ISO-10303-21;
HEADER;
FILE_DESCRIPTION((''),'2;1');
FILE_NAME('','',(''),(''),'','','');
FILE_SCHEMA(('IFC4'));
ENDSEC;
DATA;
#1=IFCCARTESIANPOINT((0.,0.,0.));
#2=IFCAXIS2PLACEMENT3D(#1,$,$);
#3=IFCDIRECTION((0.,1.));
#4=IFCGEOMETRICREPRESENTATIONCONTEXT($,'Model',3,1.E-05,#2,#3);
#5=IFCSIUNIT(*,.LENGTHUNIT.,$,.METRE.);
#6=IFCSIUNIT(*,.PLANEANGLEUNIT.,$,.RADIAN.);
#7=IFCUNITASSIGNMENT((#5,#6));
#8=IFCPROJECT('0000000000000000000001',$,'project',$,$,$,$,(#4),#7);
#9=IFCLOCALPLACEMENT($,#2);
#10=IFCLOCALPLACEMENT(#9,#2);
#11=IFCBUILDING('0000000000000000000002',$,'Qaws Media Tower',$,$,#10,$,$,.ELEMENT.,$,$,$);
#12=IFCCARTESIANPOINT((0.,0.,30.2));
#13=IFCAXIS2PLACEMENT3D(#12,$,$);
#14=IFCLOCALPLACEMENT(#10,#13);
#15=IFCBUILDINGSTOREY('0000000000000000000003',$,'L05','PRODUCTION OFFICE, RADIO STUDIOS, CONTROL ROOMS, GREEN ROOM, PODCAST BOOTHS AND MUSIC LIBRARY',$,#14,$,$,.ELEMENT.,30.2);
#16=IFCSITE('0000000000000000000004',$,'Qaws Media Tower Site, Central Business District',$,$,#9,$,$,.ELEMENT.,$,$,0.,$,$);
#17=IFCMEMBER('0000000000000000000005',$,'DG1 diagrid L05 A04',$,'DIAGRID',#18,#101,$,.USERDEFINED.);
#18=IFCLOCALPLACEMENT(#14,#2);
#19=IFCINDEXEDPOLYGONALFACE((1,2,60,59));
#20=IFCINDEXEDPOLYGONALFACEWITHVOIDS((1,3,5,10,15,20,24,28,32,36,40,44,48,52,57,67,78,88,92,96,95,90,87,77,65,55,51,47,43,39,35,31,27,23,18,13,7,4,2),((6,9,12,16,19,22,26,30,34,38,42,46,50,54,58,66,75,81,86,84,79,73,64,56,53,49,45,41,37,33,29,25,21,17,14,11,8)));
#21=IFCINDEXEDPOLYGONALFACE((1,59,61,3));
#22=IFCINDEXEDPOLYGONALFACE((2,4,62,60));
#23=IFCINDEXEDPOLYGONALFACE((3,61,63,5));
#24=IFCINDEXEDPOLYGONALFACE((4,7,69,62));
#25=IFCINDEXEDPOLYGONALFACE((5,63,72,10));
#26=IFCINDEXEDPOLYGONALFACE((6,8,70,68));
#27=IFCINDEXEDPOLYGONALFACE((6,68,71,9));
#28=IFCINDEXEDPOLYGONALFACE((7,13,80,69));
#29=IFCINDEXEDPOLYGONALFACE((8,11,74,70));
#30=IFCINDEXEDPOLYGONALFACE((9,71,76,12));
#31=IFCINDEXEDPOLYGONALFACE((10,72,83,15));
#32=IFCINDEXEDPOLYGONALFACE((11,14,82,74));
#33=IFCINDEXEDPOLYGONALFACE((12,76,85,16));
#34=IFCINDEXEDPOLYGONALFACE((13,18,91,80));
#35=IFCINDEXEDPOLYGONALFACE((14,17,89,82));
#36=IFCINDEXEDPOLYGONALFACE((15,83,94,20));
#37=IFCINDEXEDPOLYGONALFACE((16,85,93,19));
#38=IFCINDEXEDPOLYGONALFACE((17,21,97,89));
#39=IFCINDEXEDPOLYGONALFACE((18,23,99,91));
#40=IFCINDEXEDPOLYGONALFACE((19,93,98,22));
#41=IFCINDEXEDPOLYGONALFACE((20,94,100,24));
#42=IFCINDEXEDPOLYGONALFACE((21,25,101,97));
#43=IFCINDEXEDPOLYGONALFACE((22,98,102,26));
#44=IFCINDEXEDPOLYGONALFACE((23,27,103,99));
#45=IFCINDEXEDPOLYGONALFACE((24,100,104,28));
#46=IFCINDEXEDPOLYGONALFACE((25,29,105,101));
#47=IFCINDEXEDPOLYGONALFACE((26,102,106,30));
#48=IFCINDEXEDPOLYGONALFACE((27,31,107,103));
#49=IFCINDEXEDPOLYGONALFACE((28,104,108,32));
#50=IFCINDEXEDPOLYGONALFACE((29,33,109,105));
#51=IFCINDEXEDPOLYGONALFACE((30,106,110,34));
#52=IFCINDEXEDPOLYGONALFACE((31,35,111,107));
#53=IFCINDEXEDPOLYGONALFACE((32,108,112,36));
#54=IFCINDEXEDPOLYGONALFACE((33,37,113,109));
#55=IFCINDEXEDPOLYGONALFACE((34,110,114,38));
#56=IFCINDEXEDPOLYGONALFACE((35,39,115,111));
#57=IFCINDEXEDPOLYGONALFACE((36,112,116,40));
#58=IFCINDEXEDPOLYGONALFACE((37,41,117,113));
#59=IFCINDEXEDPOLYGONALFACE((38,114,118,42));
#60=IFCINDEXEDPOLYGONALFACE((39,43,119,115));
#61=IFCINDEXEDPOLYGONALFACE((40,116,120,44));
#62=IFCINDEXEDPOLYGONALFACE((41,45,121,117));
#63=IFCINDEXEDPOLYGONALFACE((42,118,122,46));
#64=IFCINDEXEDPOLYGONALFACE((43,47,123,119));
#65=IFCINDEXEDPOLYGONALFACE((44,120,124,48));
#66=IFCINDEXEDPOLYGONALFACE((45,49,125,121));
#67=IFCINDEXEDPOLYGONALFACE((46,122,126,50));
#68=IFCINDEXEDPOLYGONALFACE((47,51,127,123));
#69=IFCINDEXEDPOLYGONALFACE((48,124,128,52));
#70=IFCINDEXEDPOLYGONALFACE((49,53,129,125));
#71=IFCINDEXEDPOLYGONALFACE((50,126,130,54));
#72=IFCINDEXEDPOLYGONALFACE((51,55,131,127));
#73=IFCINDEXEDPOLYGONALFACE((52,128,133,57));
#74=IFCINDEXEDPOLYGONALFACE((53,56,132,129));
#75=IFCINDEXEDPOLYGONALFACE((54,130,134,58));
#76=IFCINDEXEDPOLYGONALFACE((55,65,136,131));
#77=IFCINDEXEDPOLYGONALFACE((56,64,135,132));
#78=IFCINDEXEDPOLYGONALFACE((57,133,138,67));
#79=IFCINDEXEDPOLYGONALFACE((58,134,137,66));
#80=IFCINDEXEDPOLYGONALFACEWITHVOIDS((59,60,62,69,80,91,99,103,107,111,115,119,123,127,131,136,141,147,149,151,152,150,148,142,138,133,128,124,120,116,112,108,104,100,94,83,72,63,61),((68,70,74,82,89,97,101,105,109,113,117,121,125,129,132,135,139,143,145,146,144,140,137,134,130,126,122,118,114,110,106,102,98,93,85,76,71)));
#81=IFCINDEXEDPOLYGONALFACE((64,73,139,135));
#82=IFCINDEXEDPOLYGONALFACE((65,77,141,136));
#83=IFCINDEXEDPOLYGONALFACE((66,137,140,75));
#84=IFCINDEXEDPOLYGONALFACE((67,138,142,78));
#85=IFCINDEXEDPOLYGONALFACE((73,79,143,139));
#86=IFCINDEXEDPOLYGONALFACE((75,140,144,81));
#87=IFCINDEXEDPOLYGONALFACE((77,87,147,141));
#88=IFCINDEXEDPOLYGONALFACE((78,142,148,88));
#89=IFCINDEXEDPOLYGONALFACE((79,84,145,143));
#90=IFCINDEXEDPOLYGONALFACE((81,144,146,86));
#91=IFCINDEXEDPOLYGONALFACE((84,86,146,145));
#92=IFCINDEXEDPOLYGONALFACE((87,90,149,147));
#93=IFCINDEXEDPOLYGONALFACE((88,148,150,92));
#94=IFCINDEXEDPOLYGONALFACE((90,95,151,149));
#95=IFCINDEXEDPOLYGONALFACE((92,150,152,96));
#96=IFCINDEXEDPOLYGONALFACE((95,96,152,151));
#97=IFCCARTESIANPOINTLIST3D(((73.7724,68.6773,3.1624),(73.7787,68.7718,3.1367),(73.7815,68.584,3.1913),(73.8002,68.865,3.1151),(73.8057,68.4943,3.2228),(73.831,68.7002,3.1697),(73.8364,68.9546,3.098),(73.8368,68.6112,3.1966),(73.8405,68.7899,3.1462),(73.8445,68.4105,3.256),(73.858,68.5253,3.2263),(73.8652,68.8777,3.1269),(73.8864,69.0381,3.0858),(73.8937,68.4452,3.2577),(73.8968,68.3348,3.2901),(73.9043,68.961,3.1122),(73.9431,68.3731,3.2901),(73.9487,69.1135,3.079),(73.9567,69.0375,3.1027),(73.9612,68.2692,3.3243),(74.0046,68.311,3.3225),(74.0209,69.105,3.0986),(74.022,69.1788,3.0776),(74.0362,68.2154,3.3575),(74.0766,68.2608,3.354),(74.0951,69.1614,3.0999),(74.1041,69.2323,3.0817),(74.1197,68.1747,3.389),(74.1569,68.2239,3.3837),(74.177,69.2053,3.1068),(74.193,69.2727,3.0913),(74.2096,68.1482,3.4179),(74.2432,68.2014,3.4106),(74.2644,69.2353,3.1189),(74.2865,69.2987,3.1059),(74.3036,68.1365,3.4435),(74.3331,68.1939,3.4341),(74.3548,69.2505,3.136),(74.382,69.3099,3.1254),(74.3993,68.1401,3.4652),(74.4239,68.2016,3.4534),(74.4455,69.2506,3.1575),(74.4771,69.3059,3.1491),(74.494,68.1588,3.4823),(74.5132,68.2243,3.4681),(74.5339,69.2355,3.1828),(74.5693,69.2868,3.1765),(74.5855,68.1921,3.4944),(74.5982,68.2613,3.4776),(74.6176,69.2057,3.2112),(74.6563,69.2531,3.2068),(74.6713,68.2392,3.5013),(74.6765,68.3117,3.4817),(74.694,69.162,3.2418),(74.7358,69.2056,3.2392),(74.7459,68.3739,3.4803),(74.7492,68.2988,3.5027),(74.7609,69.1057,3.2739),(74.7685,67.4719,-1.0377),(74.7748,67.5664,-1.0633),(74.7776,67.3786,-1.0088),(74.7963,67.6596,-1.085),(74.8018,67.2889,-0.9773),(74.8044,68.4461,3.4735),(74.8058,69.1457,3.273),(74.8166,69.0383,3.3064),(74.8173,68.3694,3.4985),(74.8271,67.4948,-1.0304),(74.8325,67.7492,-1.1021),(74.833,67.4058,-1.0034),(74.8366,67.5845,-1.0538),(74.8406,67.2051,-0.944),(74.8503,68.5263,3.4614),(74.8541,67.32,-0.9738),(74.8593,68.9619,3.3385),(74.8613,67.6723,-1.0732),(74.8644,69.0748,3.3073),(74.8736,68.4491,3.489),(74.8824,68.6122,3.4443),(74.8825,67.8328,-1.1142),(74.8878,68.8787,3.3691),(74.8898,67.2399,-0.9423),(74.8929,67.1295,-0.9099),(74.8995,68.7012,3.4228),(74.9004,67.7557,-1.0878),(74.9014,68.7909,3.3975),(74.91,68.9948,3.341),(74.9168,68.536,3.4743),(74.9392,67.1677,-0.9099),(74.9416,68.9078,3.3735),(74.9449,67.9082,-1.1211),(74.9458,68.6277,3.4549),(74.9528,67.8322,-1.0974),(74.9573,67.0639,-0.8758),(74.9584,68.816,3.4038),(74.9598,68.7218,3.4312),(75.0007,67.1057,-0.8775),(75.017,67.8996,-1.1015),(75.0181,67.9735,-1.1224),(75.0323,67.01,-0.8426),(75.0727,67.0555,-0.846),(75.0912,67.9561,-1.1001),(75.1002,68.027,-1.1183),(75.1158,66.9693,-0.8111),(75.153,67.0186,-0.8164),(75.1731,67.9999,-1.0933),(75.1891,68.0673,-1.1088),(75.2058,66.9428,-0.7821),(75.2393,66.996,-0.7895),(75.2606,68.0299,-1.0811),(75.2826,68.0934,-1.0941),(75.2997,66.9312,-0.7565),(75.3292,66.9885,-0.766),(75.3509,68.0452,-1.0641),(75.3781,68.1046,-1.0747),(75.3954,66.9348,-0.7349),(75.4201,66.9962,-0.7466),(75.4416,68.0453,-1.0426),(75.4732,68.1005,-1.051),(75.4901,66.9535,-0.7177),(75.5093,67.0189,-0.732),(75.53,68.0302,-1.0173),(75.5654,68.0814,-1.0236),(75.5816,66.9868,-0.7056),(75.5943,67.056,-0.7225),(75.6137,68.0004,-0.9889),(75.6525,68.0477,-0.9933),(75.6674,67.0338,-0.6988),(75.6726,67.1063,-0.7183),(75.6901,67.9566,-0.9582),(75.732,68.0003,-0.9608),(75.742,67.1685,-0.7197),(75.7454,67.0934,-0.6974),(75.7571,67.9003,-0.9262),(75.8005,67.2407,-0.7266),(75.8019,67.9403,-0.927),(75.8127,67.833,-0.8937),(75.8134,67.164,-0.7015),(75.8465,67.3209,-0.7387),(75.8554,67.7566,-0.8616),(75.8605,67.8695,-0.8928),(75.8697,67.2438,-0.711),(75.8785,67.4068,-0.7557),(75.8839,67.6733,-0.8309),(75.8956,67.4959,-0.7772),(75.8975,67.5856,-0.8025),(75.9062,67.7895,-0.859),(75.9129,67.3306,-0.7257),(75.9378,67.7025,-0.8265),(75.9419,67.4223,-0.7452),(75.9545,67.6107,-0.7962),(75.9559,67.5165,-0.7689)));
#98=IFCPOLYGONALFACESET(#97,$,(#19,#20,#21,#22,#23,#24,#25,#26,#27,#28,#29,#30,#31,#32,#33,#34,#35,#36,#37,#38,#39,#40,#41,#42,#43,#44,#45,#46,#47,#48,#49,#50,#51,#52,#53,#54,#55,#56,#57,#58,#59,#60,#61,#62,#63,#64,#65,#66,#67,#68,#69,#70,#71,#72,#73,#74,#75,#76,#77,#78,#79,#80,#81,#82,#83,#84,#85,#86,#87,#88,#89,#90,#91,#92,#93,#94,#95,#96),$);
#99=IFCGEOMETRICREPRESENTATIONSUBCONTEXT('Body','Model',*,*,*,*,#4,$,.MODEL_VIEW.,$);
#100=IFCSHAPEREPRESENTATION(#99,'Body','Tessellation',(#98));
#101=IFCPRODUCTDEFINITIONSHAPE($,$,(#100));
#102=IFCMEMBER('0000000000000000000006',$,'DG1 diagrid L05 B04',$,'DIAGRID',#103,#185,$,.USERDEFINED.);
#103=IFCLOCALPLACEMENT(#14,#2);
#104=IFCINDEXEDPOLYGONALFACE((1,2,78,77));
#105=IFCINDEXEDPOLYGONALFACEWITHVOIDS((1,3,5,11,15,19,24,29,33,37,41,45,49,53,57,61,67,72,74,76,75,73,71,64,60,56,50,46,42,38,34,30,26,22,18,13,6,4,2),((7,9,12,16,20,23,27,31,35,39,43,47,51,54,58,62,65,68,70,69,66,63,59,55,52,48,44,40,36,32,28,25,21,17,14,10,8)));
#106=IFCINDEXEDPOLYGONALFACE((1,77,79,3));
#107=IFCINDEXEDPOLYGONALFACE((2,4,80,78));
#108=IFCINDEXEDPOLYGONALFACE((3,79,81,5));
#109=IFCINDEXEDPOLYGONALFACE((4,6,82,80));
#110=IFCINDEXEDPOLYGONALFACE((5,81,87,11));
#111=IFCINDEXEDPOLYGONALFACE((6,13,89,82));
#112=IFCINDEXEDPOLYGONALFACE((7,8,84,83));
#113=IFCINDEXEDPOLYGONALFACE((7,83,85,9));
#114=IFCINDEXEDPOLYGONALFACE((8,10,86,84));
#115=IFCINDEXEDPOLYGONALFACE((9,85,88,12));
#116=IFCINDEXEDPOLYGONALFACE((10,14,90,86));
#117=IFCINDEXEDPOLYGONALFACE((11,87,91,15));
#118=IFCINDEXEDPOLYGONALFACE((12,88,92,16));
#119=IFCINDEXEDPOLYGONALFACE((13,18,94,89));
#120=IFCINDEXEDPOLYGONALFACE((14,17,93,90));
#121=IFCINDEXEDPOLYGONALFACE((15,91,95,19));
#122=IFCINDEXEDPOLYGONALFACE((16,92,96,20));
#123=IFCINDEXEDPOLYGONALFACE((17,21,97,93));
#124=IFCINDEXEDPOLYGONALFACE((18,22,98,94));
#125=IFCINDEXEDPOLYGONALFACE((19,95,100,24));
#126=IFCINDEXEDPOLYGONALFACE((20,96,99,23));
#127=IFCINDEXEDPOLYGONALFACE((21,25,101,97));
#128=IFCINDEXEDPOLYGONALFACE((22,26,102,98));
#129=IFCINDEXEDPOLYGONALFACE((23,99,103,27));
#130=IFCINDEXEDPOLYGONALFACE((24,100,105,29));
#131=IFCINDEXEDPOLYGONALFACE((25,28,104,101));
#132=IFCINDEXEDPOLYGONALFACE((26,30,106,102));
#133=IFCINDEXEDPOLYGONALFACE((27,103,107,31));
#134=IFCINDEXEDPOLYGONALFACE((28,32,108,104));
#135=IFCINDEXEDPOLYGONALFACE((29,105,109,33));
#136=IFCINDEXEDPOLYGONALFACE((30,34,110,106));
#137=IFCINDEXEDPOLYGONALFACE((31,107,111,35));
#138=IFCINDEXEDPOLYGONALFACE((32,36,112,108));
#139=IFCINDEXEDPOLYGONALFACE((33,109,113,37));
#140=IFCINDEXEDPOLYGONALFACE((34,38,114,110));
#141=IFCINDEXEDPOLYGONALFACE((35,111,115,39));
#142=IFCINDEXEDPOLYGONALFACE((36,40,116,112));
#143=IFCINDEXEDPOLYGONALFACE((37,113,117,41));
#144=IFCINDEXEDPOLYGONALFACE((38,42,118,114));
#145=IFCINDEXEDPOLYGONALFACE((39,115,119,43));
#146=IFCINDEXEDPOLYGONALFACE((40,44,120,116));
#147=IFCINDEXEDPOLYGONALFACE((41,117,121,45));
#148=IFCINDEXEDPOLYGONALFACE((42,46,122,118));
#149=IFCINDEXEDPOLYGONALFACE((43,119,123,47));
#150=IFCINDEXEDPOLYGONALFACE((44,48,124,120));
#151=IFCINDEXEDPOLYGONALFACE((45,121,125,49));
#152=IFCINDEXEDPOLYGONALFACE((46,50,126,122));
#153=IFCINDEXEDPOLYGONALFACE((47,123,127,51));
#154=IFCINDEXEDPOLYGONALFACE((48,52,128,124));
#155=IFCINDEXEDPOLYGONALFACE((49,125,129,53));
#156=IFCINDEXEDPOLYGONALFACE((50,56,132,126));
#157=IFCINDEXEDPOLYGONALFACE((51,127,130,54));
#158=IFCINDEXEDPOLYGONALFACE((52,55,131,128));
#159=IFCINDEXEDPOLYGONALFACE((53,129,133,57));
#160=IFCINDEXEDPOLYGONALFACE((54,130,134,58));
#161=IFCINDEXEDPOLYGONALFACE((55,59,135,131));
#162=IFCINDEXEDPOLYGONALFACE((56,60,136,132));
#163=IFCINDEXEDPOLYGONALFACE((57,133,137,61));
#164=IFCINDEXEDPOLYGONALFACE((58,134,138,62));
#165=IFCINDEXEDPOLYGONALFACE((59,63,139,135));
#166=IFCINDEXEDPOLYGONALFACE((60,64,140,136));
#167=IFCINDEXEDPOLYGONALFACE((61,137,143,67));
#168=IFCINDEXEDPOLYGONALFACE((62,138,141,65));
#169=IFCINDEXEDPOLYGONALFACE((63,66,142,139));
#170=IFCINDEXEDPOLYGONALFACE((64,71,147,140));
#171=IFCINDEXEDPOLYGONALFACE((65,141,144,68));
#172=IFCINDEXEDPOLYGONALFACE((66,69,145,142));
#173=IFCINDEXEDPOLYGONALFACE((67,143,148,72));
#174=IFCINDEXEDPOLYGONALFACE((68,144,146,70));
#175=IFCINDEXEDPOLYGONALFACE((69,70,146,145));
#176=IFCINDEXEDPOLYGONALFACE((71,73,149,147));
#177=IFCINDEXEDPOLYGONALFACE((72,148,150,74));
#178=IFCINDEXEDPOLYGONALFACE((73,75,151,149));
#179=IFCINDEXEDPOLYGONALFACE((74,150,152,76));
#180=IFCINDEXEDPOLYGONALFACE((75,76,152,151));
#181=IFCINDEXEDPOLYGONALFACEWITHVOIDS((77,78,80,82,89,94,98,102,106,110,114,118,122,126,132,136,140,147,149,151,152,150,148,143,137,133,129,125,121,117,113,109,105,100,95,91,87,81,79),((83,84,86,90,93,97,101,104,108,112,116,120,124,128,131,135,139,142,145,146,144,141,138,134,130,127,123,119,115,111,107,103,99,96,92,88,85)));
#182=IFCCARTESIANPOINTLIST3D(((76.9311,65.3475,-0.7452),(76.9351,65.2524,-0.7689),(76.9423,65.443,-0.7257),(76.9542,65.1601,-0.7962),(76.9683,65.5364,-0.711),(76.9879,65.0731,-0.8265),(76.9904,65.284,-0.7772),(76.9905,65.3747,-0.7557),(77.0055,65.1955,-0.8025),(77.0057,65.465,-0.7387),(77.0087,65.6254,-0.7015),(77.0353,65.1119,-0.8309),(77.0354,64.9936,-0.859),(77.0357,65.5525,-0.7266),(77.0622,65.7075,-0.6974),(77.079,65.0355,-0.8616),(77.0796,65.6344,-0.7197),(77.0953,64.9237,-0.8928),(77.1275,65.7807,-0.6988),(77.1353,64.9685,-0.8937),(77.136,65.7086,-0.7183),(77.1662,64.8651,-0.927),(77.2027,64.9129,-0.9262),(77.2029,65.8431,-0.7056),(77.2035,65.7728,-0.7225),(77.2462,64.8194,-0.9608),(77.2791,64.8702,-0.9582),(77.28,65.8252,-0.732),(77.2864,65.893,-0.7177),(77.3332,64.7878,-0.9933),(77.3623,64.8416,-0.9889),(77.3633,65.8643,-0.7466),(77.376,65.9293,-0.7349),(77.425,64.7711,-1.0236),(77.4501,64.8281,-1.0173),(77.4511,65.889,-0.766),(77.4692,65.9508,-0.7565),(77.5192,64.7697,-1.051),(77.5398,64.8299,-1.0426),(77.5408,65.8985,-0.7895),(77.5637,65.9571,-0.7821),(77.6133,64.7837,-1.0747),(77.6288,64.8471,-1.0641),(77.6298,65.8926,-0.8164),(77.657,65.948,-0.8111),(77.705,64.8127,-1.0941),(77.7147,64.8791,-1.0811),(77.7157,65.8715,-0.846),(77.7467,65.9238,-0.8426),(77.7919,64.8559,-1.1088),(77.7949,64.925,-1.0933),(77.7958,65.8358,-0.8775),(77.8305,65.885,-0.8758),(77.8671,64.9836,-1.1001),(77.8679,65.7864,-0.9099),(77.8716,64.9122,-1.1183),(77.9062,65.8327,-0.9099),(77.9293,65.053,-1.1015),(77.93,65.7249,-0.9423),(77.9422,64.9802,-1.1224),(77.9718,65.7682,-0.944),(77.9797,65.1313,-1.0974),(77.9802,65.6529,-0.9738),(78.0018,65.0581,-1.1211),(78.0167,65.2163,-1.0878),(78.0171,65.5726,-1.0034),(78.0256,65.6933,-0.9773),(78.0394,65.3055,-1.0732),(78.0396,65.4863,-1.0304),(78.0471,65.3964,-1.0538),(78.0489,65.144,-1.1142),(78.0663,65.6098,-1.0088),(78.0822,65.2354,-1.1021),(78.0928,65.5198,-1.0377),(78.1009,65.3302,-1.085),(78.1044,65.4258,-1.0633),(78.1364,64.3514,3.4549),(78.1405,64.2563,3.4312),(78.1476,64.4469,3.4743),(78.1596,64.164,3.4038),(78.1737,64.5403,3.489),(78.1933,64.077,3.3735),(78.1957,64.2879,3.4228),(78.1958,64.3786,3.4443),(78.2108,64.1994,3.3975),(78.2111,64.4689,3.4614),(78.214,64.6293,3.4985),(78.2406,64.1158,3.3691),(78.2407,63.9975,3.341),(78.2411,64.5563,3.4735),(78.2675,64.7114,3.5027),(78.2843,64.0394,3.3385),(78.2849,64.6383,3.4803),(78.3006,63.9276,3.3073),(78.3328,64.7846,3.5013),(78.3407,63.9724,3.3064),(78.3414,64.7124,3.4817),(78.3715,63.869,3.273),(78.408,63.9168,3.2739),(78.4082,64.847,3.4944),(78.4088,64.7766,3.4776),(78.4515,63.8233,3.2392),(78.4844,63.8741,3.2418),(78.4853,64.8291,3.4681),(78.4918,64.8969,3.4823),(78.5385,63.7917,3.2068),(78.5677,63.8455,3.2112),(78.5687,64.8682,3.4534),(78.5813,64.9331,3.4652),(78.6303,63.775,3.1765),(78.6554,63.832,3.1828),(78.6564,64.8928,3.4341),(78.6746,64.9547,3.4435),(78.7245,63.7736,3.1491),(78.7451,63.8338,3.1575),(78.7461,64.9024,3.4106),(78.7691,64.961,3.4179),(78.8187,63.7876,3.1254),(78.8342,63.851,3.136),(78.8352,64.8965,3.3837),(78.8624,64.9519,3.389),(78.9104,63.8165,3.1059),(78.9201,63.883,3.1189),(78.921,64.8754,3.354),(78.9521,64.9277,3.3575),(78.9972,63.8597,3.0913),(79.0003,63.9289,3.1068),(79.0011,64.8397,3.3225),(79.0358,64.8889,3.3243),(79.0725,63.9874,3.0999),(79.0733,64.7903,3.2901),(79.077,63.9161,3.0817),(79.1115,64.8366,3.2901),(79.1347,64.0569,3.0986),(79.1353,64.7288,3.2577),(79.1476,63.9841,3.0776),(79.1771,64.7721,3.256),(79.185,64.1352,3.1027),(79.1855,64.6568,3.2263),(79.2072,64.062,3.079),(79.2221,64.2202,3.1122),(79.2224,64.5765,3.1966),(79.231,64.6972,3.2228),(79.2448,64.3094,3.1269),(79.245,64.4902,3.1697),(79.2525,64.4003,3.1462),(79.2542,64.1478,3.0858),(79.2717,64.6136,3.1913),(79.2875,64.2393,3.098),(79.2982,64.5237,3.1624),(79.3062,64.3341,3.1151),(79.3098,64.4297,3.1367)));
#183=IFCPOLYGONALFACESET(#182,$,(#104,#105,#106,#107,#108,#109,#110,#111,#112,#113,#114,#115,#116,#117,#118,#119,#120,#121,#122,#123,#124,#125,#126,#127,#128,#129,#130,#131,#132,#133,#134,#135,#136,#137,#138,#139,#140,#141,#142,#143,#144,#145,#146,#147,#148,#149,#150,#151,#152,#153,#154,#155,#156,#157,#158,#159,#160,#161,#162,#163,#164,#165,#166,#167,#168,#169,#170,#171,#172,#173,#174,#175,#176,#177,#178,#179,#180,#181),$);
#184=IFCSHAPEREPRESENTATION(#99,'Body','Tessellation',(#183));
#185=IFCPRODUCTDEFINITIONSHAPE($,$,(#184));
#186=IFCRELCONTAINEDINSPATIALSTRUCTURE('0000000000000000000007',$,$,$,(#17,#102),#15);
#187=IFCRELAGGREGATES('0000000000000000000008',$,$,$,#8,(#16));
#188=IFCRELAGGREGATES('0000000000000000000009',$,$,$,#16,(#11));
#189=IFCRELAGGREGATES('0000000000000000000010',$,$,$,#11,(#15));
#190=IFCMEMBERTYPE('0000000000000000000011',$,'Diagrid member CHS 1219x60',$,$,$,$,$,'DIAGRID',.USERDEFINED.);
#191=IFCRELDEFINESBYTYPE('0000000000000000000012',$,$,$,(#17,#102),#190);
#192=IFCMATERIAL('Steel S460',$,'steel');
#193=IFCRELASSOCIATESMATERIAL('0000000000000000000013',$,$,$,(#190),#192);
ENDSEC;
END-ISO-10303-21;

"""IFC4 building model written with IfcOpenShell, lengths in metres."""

from ifc_helpers import new_model, si_unit, direction, frame, origin, origin_2d, place, context, subcontext, project, spatial, hollow_circle, extrude, material, material_profile, profile_set, type_object, element, save


model = new_model("IFC4")

# Units and contexts
model_context = context("Model", 3, precision=1e-05, world=origin(), true_north=direction((0.0, 1.0)))
body_context = subcontext(model_context, "Body", "Model", "MODEL_VIEW")
ifc_project = project(units=[si_unit("LENGTHUNIT", "METRE"), si_unit("PLANEANGLEUNIT", "RADIAN")], contexts=[model_context])

# Site, building, storey
site_placement = place(None, origin())
site = spatial("IfcSite", under=ifc_project, at=site_placement, Name="Qaws Media Tower Site, Central Business District", CompositionType="ELEMENT", RefElevation=0.0)
building_placement = place(site_placement, origin())
building = spatial("IfcBuilding", under=site, at=building_placement, Name="Qaws Media Tower", CompositionType="ELEMENT")
storey_placement = place(building_placement, frame((0.0, 0.0, 30.2)))
storey = spatial("IfcBuildingStorey", under=building, at=storey_placement, Name="L05", Description="PRODUCTION OFFICE, RADIO STUDIOS, CONTROL ROOMS, GREEN ROOM, PODCAST BOOTHS AND MUSIC LIBRARY", CompositionType="ELEMENT", Elevation=30.2)

# Members
ifc_material_1 = material(Name="Steel S460", Category="steel")
ifc_material_profile_1 = material_profile(ifc_material_1, hollow_circle(Radius=0.6096, WallThickness=0.0601, at=origin_2d()), Name="CHS 1219x60")
ifc_profile_set_1 = profile_set([ifc_material_profile_1], Name="Steel S460")
member_type_1 = type_object("IfcMemberType", Name="Diagrid member CHS 1219x60", ElementType="DIAGRID", PredefinedType="USERDEFINED", material=ifc_profile_set_1)
for number, where, z_axis, x_axis, name in (
    (1, (75.3628, 67.5178, -0.9099), (-0.222264, 0.26895, 0.937158), (-0.770838, -0.637031, 0.0), "DG1 diagrid L05 A04"),
    (2, (77.5178, 65.3628, -0.9099), (0.26895, -0.222264, 0.937158), (0.637031, 0.770838, 0.0), "DG1 diagrid L05 B04"),
):
    element("IfcMember", number, at=place(storey_placement, frame(where, z_axis=z_axis, x_axis=x_axis)), inside=storey, type_object=member_type_1, Name=name, ObjectType="DIAGRID", PredefinedType="USERDEFINED", context=body_context, shape_type="SweptSolid", body=[
        extrude(hollow_circle(Radius=0.6096, WallThickness=0.0601, at=origin_2d()), origin(), (0.0, 0.0, 1.0), 4.4817),
    ])

save(model, "model.ifc")
